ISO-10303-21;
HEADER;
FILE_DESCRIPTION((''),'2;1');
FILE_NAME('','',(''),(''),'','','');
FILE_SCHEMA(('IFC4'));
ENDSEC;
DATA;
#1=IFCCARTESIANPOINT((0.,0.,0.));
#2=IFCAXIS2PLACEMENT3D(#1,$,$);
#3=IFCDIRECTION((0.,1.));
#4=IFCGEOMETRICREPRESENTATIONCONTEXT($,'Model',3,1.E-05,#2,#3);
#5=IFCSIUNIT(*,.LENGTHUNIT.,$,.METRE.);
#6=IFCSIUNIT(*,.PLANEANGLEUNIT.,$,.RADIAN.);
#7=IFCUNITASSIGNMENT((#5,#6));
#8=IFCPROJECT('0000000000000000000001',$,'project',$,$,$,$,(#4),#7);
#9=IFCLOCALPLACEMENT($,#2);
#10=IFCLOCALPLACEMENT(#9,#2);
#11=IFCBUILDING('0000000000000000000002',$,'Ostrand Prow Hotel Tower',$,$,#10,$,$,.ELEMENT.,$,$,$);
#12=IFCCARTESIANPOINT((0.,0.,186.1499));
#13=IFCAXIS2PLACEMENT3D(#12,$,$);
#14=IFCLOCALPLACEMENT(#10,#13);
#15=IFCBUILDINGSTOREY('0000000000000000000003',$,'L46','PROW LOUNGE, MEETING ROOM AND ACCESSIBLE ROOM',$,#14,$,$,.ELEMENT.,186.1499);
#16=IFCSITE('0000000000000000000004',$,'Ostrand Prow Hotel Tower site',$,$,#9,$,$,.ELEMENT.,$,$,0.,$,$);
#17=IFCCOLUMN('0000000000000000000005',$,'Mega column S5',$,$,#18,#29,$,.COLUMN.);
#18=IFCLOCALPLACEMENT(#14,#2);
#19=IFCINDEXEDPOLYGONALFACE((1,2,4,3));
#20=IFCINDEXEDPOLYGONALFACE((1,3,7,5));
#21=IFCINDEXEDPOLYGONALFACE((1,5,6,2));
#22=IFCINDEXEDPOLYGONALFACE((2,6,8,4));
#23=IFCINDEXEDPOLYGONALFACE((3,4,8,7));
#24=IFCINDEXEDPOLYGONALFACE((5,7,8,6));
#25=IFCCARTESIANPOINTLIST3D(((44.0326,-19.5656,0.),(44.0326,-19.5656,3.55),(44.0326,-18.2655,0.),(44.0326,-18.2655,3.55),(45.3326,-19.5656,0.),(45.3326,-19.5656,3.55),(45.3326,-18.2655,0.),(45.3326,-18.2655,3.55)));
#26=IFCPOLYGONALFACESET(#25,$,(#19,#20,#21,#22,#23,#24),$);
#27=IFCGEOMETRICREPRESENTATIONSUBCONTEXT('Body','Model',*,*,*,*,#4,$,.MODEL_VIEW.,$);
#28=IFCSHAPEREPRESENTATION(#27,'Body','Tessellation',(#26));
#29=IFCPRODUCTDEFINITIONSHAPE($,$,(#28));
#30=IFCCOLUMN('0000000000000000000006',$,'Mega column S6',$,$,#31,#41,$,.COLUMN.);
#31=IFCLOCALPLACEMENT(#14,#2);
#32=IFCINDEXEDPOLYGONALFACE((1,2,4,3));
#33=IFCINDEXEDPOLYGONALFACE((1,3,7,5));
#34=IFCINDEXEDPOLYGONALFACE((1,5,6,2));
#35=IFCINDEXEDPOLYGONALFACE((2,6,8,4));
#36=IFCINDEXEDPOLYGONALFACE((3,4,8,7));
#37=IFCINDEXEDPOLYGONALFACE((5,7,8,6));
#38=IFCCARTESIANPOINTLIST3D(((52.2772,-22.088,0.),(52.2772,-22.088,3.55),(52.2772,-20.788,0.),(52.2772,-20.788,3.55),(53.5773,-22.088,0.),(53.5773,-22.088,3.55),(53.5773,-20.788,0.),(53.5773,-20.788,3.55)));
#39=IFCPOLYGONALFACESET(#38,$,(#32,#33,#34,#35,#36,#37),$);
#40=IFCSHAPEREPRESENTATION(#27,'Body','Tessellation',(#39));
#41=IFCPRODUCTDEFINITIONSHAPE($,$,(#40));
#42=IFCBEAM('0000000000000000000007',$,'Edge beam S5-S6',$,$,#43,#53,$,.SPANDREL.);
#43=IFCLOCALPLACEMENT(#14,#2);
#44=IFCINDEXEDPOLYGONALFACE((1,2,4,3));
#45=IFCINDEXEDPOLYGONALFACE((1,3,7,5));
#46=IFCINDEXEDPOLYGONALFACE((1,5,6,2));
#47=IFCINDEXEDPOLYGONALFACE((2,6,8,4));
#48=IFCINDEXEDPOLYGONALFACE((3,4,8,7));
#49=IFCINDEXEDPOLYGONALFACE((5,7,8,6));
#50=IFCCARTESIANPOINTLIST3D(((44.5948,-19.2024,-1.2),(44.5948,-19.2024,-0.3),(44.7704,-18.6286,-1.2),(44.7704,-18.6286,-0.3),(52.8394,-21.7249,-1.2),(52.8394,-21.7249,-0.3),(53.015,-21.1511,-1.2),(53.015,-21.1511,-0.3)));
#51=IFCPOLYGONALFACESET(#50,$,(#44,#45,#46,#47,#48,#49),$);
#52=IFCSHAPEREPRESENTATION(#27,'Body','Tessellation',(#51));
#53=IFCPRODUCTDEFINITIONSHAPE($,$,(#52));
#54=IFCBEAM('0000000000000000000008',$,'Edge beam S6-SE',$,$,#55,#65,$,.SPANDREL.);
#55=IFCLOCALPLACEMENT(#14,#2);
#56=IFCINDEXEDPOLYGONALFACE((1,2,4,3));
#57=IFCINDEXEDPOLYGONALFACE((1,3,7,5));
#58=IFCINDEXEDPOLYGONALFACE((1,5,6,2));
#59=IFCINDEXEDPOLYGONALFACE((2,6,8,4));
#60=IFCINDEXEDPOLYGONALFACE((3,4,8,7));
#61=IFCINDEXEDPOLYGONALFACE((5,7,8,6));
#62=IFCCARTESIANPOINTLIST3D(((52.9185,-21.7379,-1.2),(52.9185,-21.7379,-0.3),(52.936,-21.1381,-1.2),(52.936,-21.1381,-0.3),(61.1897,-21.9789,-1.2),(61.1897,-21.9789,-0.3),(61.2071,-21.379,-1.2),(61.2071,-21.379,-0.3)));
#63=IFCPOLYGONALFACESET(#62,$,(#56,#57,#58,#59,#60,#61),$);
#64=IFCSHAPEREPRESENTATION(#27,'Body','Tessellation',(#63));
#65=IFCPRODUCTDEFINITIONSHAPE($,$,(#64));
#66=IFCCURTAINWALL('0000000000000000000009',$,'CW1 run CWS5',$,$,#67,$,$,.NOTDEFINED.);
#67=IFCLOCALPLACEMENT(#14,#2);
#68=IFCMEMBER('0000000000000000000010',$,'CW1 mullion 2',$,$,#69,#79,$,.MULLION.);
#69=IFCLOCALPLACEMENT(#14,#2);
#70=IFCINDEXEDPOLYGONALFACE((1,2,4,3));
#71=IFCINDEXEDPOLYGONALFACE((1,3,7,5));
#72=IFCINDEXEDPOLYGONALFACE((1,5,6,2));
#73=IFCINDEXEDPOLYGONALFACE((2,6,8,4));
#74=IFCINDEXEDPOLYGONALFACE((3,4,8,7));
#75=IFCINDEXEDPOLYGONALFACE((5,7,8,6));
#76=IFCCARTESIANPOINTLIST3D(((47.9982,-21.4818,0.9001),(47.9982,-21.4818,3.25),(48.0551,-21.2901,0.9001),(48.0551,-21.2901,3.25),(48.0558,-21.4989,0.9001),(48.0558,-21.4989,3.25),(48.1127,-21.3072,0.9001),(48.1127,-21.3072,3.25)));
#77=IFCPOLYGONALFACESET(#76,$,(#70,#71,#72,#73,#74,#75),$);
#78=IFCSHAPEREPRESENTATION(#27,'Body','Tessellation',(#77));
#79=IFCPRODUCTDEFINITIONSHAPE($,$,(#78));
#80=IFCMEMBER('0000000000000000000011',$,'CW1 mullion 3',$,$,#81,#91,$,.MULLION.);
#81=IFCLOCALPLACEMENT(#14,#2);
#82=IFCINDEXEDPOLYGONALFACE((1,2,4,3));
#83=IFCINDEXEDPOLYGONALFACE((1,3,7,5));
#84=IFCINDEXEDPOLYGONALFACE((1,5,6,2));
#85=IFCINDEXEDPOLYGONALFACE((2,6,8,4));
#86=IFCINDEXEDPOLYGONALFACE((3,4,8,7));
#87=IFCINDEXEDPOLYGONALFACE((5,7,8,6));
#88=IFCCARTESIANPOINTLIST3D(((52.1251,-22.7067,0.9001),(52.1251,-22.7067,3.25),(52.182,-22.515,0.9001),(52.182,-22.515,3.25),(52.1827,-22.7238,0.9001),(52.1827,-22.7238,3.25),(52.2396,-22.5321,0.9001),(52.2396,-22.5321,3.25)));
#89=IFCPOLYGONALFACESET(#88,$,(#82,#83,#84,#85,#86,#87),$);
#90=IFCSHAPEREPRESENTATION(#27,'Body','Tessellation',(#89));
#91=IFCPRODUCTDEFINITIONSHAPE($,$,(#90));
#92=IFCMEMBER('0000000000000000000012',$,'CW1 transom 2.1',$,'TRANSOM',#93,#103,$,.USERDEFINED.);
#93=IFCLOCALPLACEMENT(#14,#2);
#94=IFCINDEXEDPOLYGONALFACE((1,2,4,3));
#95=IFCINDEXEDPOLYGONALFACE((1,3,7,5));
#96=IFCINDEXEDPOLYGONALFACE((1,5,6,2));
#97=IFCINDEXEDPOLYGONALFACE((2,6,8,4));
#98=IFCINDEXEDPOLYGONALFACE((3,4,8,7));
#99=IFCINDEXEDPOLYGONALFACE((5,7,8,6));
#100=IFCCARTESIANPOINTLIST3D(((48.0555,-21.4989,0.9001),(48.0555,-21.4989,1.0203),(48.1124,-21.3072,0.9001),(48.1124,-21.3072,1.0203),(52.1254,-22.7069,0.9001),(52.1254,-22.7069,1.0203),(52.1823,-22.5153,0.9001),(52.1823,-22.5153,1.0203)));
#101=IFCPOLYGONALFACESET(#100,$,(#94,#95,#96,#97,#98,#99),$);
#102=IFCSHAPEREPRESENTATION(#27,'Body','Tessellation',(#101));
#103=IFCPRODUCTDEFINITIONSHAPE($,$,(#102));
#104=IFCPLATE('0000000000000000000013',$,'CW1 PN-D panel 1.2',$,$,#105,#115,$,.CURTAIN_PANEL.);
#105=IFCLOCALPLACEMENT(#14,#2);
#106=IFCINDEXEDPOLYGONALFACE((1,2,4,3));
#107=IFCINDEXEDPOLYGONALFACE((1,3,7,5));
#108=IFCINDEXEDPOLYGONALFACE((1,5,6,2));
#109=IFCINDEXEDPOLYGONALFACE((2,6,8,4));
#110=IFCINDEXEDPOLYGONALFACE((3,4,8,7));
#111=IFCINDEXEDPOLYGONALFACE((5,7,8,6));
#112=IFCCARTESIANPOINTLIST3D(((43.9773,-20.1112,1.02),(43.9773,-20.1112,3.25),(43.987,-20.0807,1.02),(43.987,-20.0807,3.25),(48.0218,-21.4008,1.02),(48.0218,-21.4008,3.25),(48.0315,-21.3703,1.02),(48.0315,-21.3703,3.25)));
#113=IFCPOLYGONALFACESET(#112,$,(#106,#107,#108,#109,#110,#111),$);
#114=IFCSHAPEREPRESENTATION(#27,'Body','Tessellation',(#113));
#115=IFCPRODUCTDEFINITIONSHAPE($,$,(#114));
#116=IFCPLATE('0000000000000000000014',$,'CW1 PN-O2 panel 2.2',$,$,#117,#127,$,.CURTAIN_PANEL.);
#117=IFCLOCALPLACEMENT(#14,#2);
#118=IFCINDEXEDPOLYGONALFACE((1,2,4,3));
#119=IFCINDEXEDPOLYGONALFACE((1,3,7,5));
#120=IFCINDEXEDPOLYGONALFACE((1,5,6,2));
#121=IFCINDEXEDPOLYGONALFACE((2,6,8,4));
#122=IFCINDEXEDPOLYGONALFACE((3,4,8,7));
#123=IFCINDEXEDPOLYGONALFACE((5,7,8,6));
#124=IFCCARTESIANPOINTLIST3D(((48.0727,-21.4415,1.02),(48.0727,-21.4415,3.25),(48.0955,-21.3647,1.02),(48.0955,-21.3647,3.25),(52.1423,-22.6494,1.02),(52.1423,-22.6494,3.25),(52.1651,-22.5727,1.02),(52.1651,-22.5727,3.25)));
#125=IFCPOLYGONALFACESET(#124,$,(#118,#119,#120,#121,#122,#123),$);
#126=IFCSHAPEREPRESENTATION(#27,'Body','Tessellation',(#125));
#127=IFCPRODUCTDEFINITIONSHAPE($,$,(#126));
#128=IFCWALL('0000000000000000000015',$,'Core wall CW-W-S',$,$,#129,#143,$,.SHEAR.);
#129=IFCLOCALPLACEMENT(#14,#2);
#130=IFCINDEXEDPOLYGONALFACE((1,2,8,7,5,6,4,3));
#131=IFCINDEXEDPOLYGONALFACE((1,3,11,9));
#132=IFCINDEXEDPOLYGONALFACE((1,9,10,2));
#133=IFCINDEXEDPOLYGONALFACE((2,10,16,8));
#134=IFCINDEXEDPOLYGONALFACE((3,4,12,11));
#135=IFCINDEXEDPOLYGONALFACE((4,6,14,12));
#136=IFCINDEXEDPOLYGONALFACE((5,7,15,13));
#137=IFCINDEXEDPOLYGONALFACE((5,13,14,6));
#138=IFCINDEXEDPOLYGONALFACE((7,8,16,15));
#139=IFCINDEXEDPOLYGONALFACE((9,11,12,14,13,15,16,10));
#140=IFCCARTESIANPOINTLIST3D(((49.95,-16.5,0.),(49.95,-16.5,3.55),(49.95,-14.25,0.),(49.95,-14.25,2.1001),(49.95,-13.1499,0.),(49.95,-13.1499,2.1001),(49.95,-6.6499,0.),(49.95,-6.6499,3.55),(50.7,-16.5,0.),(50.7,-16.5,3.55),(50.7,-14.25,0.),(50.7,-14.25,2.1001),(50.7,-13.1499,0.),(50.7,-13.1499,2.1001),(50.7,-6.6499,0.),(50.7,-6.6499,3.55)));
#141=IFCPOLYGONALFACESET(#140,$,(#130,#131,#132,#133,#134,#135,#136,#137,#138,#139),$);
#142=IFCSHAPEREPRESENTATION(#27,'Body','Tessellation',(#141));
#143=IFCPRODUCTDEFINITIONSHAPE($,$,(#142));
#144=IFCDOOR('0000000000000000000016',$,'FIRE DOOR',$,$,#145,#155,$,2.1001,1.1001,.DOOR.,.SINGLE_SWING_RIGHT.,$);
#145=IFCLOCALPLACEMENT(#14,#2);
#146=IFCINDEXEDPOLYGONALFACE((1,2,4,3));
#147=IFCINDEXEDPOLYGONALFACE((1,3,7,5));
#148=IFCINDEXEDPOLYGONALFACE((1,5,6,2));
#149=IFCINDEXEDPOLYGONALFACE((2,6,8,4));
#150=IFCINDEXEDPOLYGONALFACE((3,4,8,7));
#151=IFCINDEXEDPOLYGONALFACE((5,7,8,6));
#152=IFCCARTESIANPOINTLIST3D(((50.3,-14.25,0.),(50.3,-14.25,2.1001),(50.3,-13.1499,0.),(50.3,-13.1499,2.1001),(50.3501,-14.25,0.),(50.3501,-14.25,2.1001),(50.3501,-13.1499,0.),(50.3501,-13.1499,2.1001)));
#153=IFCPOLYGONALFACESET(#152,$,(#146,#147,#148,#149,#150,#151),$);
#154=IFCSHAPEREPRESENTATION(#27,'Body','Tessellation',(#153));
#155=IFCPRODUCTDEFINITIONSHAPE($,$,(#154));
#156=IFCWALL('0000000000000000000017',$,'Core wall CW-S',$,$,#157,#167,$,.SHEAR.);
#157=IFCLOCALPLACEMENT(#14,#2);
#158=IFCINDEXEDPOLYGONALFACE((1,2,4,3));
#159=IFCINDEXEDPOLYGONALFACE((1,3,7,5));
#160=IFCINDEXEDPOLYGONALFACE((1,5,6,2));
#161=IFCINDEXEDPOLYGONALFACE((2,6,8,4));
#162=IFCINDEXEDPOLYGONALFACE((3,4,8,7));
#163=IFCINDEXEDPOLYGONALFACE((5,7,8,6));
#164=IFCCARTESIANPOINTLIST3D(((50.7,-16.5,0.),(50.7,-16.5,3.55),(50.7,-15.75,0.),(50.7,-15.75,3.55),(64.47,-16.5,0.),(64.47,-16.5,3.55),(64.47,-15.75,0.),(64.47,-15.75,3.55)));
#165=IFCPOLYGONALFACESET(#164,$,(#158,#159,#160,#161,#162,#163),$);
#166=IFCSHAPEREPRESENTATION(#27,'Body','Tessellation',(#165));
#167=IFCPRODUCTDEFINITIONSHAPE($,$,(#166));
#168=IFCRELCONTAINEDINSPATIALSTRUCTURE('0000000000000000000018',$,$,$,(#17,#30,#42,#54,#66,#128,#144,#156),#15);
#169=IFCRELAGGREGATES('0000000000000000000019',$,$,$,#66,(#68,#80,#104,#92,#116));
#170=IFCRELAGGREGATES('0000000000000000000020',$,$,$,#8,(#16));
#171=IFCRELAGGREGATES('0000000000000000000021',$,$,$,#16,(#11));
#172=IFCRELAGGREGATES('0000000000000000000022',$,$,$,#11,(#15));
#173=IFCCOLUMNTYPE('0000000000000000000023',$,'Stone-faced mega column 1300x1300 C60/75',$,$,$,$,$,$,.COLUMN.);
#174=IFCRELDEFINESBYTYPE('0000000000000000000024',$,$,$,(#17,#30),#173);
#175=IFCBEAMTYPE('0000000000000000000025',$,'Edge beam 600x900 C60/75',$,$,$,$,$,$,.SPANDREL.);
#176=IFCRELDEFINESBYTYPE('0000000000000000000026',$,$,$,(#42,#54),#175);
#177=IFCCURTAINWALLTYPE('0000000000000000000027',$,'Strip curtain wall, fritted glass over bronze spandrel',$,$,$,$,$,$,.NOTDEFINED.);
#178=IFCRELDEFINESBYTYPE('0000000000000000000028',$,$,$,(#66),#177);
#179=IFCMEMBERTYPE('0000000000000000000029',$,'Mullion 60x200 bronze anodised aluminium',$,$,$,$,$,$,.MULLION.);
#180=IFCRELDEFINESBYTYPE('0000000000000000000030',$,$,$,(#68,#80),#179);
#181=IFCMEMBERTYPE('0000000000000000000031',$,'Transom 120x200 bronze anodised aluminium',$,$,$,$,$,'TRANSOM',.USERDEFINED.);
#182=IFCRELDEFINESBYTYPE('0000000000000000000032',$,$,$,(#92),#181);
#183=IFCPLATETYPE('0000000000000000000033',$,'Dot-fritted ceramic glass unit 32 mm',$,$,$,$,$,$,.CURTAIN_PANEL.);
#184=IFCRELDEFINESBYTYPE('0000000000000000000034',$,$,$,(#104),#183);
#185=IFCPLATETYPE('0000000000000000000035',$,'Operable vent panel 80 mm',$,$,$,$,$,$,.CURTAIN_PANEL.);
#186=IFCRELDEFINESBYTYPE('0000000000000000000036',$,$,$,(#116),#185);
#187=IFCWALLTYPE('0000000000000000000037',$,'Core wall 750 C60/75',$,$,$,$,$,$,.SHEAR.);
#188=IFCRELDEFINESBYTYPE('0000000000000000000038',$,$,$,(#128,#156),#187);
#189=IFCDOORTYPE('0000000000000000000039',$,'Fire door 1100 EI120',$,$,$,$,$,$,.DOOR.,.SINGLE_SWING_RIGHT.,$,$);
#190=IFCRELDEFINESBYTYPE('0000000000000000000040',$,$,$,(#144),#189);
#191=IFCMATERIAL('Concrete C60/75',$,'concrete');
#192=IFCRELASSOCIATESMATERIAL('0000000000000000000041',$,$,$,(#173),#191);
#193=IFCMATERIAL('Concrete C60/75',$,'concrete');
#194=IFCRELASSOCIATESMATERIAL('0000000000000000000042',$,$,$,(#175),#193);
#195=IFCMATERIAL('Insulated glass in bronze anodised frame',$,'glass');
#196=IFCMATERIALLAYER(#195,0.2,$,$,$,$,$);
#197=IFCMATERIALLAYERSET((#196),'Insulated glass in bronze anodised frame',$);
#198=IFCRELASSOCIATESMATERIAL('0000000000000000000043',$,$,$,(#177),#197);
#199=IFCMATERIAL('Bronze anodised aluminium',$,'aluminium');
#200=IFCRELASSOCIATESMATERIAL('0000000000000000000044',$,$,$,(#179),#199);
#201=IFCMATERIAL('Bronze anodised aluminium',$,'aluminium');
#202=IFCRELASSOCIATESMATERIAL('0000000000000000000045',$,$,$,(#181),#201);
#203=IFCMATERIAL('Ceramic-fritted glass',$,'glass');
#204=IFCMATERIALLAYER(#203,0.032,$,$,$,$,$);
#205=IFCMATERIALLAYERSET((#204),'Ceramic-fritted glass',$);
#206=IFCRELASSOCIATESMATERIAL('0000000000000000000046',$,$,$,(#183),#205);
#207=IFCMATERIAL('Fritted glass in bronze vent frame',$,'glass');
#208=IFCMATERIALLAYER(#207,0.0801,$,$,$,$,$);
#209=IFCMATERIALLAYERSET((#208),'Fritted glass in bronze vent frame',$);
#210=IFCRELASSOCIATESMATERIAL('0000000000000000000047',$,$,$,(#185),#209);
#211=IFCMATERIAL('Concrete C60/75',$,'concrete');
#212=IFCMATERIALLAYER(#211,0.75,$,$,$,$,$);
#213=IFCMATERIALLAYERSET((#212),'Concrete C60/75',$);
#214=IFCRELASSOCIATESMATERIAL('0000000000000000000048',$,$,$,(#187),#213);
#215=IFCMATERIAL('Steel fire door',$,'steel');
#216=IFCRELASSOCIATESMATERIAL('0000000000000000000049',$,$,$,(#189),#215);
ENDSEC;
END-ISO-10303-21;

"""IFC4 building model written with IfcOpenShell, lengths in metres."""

from ifc_helpers import new_model, si_unit, direction, frame, frame_2d, origin, origin_2d, place, context, subcontext, project, spatial, rectangle, extrude, material, layer, layer_set, material_profile, profile_set, type_object, element, fill, aggregate, save


model = new_model("IFC4")

# Units and contexts
model_context = context("Model", 3, precision=1e-05, world=origin(), true_north=direction((0.0, 1.0)))
body_context = subcontext(model_context, "Body", "Model", "MODEL_VIEW")
ifc_project = project(units=[si_unit("LENGTHUNIT", "METRE"), si_unit("PLANEANGLEUNIT", "RADIAN")], contexts=[model_context])

# Site, building, storey
site_placement = place(None, origin())
site = spatial("IfcSite", under=ifc_project, at=site_placement, Name="Ostrand Prow Hotel Tower site", CompositionType="ELEMENT", RefElevation=0.0)
building_placement = place(site_placement, origin())
building = spatial("IfcBuilding", under=site, at=building_placement, Name="Ostrand Prow Hotel Tower", CompositionType="ELEMENT")
storey_placement = place(building_placement, frame((0.0, 0.0, 186.1499)))
storey = spatial("IfcBuildingStorey", under=building, at=storey_placement, Name="L46", Description="PROW LOUNGE, MEETING ROOM AND ACCESSIBLE ROOM", CompositionType="ELEMENT", Elevation=186.1499)

# Columns
ifc_material_1 = material(Name="Concrete C60/75", Category="concrete")
ifc_material_profile_1 = material_profile(ifc_material_1, rectangle(XDim=1.3, YDim=1.3, at=origin_2d()), Name="RC 1300x1300")
ifc_profile_set_1 = profile_set([ifc_material_profile_1], Name="Concrete C60/75")
column_type = type_object("IfcColumnType", Name="Stone-faced mega column 1300x1300 C60/75", PredefinedType="COLUMN", material=ifc_profile_set_1)
for number, where, z_axis, x_axis, name in (
    (1, (44.6826, -18.9155, 0.0), (0.0, 0.0, 1.0), (1.0, 0.0, 0.0), "Mega column S5"),
    (2, (52.9272, -21.438, 0.0), (0.0, 0.0, 1.0), (1.0, 0.0, 0.0), "Mega column S6"),
):
    element("IfcColumn", number, at=place(storey_placement, frame(where, z_axis=z_axis, x_axis=x_axis)), inside=storey, type_object=column_type, Name=name, PredefinedType="COLUMN", context=body_context, shape_type="SweptSolid", body=[
        extrude(rectangle(XDim=1.3, YDim=1.3, at=origin_2d()), origin(), (0.0, 0.0, 1.0), 3.55),
    ])

# Beams
ifc_material_2 = material(Name="Concrete C60/75", Category="concrete")
ifc_material_profile_2 = material_profile(ifc_material_2, rectangle(XDim=0.6001, YDim=0.8999, at=origin_2d()), Name="RC 600x900")
ifc_profile_set_2 = profile_set([ifc_material_profile_2], Name="Concrete C60/75")
beam_type = type_object("IfcBeamType", Name="Edge beam 600x900 C60/75", PredefinedType="SPANDREL", material=ifc_profile_set_2)
beam_1_placement = place(storey_placement, frame((44.6826, -18.9155, -0.75), z_axis=(0.956246, -0.292565, 0.0), x_axis=(0.292565, 0.956246, 0.0)))
element("IfcBeam", 3, at=beam_1_placement, inside=storey, type_object=beam_type, Name="Edge beam S5-S6", PredefinedType="SPANDREL", context=body_context, shape_type="SweptSolid", body=[
    extrude(rectangle(XDim=0.6001, YDim=0.8999, at=origin_2d()), origin(), (0.0, 0.0, 1.0), 8.6218),
])
beam_2_placement = place(storey_placement, frame((52.9272, -21.438, -0.75), z_axis=(0.999576, -0.029121, 0.0), x_axis=(0.029121, 0.999576, 0.0)))
element("IfcBeam", 4, at=beam_2_placement, inside=storey, type_object=beam_type, Name="Edge beam S6-SE", PredefinedType="SPANDREL", context=body_context, shape_type="SweptSolid", body=[
    extrude(rectangle(XDim=0.6001, YDim=0.8999, at=origin_2d()), origin(), (0.0, 0.0, 1.0), 8.2747),
])

# Curtain wall, members, plates
ifc_material_3 = material(Name="Insulated glass in bronze anodised frame", Category="glass")
ifc_layer_1 = layer(ifc_material_3, 0.2)
ifc_layer_set_1 = layer_set([ifc_layer_1], Name="Insulated glass in bronze anodised frame")
curtain_wall_type = type_object("IfcCurtainWallType", Name="Strip curtain wall, fritted glass over bronze spandrel", PredefinedType="NOTDEFINED", material=ifc_layer_set_1)
curtain_wall_placement = place(storey_placement, origin())
curtain_wall = element("IfcCurtainWall", 5, at=curtain_wall_placement, inside=storey, type_object=curtain_wall_type, Name="CW1 run CWS5", PredefinedType="NOTDEFINED")
ifc_material_4 = material(Name="Bronze anodised aluminium", Category="aluminium")
ifc_material_profile_3 = material_profile(ifc_material_4, rectangle(XDim=0.2, YDim=0.0601, at=origin_2d()), Name="Mullion 60x200 bronze anodised aluminium")
ifc_profile_set_3 = profile_set([ifc_material_profile_3], Name="Bronze anodised aluminium")
member_type_1 = type_object("IfcMemberType", Name="Mullion 60x200 bronze anodised aluminium", PredefinedType="MULLION", material=ifc_profile_set_3)
member_1_placement = place(storey_placement, frame((48.0554, -21.3945, 0.9001), z_axis=(0.0, 0.0, 1.0), x_axis=(0.284544, 0.958663, 0.0)))
member_1 = element("IfcMember", 6, at=member_1_placement, type_object=member_type_1, Name="CW1 mullion 2", PredefinedType="MULLION", context=body_context, shape_type="SweptSolid", body=[
    extrude(rectangle(XDim=0.2, YDim=0.0601, at=origin_2d()), origin(), (0.0, 0.0, 1.0), 2.3499),
])
member_2_placement = place(storey_placement, frame((52.1824, -22.6194, 0.9001), z_axis=(0.0, 0.0, 1.0), x_axis=(0.284544, 0.958663, 0.0)))
member_2 = element("IfcMember", 7, at=member_2_placement, type_object=member_type_1, Name="CW1 mullion 3", PredefinedType="MULLION", context=body_context, shape_type="SweptSolid", body=[
    extrude(rectangle(XDim=0.2, YDim=0.0601, at=origin_2d()), origin(), (0.0, 0.0, 1.0), 2.3499),
])
ifc_material_5 = material(Name="Bronze anodised aluminium", Category="aluminium")
ifc_material_profile_4 = material_profile(ifc_material_5, rectangle(XDim=0.2, YDim=0.1201, at=origin_2d()), Name="Transom 120x200 bronze anodised aluminium")
ifc_profile_set_4 = profile_set([ifc_material_profile_4], Name="Bronze anodised aluminium")
member_type_2 = type_object("IfcMemberType", Name="Transom 120x200 bronze anodised aluminium", ElementType="TRANSOM", PredefinedType="USERDEFINED", material=ifc_profile_set_4)
member_3_placement = place(storey_placement, frame((48.084, -21.4031, 0.9602), z_axis=(0.958661, -0.28455, 0.0), x_axis=(0.28455, 0.958661, 0.0)))
member_3 = element("IfcMember", 8, at=member_3_placement, type_object=member_type_2, Name="CW1 transom 2.1", ObjectType="TRANSOM", PredefinedType="USERDEFINED", context=body_context, shape_type="SweptSolid", body=[
    extrude(rectangle(XDim=0.2, YDim=0.1201, at=origin_2d()), origin(), (0.0, 0.0, 1.0), 4.2454),
])
ifc_material_6 = material(Name="Ceramic-fritted glass", Category="glass")
ifc_layer_2 = layer(ifc_material_6, 0.032)
ifc_layer_set_2 = layer_set([ifc_layer_2], Name="Ceramic-fritted glass")
plate_type_1 = type_object("IfcPlateType", Name="Dot-fritted ceramic glass unit 32 mm", PredefinedType="CURTAIN_PANEL", material=ifc_layer_set_2)
plate_1_placement = place(storey_placement, frame((46.0044, -20.7407, 1.02), z_axis=(0.0, 0.0, 1.0), x_axis=(0.95274, -0.303787, 0.0)))
plate_1 = element("IfcPlate", 9, at=plate_1_placement, type_object=plate_type_1, Name="CW1 PN-D panel 1.2", PredefinedType="CURTAIN_PANEL", context=body_context, shape_type="SweptSolid", body=[
    extrude(rectangle(XDim=4.2451, YDim=0.032, at=origin_2d()), origin(), (0.0, 0.0, 1.0), 2.23),
])
ifc_material_7 = material(Name="Fritted glass in bronze vent frame", Category="glass")
ifc_layer_3 = layer(ifc_material_7, 0.0801)
ifc_layer_set_3 = layer_set([ifc_layer_3], Name="Fritted glass in bronze vent frame")
plate_type_2 = type_object("IfcPlateType", Name="Operable vent panel 80 mm", PredefinedType="CURTAIN_PANEL", material=ifc_layer_set_3)
plate_2_placement = place(storey_placement, frame((50.1189, -22.0071, 1.02), z_axis=(0.0, 0.0, 1.0), x_axis=(0.958663, -0.284544, 0.0)))
plate_2 = element("IfcPlate", 10, at=plate_2_placement, type_object=plate_type_2, Name="CW1 PN-O2 panel 2.2", PredefinedType="CURTAIN_PANEL", context=body_context, shape_type="SweptSolid", body=[
    extrude(rectangle(XDim=4.2451, YDim=0.0801, at=origin_2d()), origin(), (0.0, 0.0, 1.0), 2.23),
])
aggregate(curtain_wall, [member_1, member_2, plate_1, member_3, plate_2])

# Wall, opening, door
ifc_material_8 = material(Name="Concrete C60/75", Category="concrete")
ifc_layer_4 = layer(ifc_material_8, 0.75)
ifc_layer_set_4 = layer_set([ifc_layer_4], Name="Concrete C60/75")
wall_type_1 = type_object("IfcWallType", Name="Core wall 750 C60/75", PredefinedType="SHEAR", material=ifc_layer_set_4)
wall_1_placement = place(storey_placement, frame((50.325, -16.5, 0.0), z_axis=(0.0, 0.0, 1.0), x_axis=(0.0, 1.0, 0.0)))
wall_1 = element("IfcWall", 11, at=wall_1_placement, inside=storey, type_object=wall_type_1, Name="Core wall CW-W-S", PredefinedType="SHEAR", context=body_context, shape_type="SweptSolid", body=[
    extrude(rectangle(XDim=9.8501, YDim=0.75, at=frame_2d((4.925, 0.0))), origin(), (0.0, 0.0, 1.0), 3.55),
])
opening_1_placement = place(wall_1_placement, frame((2.25, 0.0, 0.0)))
opening_1 = element("IfcOpeningElement", 12, at=opening_1_placement, cuts=wall_1, PredefinedType="OPENING", context=body_context, shape_type="SweptSolid", body=[
    extrude(rectangle(XDim=1.1001, YDim=2.1001, at=frame_2d((0.55, 1.05))), frame((0.0, 0.385, 0.0), z_axis=(0.0, -1.0, 0.0), x_axis=(1.0, 0.0, 0.0)), (0.0, 0.0, 1.0), 0.77),
])
ifc_material_9 = material(Name="Steel fire door", Category="steel")
door_type = type_object("IfcDoorType", Name="Fire door 1100 EI120", OperationType="SINGLE_SWING_RIGHT", PredefinedType="DOOR", material=ifc_material_9)
door_placement = place(opening_1_placement, origin())
door = element("IfcDoor", 13, at=door_placement, inside=storey, type_object=door_type, Name="FIRE DOOR", OperationType="SINGLE_SWING_RIGHT", OverallHeight=2.1001, OverallWidth=1.1001, PredefinedType="DOOR", context=body_context, shape_type="SweptSolid", body=[
    extrude(rectangle(XDim=1.1001, YDim=2.1001, at=frame_2d((0.55, 1.05))), frame((0.0, 0.0249, 0.0), z_axis=(0.0, -1.0, 0.0), x_axis=(1.0, 0.0, 0.0)), (0.0, 0.0, 1.0), 0.05),
])
fill(opening_1, door)

# Wall
wall_2_placement = place(storey_placement, frame((50.7, -16.125, 0.0), z_axis=(0.0, 0.0, 1.0), x_axis=(1.0, 0.0, 0.0)))
element("IfcWall", 14, at=wall_2_placement, inside=storey, type_object=wall_type_1, Name="Core wall CW-S", PredefinedType="SHEAR", context=body_context, shape_type="SweptSolid", body=[
    extrude(rectangle(XDim=13.77, YDim=0.75, at=frame_2d((6.885, 0.0))), origin(), (0.0, 0.0, 1.0), 3.55),
])

save(model, "model.ifc")
